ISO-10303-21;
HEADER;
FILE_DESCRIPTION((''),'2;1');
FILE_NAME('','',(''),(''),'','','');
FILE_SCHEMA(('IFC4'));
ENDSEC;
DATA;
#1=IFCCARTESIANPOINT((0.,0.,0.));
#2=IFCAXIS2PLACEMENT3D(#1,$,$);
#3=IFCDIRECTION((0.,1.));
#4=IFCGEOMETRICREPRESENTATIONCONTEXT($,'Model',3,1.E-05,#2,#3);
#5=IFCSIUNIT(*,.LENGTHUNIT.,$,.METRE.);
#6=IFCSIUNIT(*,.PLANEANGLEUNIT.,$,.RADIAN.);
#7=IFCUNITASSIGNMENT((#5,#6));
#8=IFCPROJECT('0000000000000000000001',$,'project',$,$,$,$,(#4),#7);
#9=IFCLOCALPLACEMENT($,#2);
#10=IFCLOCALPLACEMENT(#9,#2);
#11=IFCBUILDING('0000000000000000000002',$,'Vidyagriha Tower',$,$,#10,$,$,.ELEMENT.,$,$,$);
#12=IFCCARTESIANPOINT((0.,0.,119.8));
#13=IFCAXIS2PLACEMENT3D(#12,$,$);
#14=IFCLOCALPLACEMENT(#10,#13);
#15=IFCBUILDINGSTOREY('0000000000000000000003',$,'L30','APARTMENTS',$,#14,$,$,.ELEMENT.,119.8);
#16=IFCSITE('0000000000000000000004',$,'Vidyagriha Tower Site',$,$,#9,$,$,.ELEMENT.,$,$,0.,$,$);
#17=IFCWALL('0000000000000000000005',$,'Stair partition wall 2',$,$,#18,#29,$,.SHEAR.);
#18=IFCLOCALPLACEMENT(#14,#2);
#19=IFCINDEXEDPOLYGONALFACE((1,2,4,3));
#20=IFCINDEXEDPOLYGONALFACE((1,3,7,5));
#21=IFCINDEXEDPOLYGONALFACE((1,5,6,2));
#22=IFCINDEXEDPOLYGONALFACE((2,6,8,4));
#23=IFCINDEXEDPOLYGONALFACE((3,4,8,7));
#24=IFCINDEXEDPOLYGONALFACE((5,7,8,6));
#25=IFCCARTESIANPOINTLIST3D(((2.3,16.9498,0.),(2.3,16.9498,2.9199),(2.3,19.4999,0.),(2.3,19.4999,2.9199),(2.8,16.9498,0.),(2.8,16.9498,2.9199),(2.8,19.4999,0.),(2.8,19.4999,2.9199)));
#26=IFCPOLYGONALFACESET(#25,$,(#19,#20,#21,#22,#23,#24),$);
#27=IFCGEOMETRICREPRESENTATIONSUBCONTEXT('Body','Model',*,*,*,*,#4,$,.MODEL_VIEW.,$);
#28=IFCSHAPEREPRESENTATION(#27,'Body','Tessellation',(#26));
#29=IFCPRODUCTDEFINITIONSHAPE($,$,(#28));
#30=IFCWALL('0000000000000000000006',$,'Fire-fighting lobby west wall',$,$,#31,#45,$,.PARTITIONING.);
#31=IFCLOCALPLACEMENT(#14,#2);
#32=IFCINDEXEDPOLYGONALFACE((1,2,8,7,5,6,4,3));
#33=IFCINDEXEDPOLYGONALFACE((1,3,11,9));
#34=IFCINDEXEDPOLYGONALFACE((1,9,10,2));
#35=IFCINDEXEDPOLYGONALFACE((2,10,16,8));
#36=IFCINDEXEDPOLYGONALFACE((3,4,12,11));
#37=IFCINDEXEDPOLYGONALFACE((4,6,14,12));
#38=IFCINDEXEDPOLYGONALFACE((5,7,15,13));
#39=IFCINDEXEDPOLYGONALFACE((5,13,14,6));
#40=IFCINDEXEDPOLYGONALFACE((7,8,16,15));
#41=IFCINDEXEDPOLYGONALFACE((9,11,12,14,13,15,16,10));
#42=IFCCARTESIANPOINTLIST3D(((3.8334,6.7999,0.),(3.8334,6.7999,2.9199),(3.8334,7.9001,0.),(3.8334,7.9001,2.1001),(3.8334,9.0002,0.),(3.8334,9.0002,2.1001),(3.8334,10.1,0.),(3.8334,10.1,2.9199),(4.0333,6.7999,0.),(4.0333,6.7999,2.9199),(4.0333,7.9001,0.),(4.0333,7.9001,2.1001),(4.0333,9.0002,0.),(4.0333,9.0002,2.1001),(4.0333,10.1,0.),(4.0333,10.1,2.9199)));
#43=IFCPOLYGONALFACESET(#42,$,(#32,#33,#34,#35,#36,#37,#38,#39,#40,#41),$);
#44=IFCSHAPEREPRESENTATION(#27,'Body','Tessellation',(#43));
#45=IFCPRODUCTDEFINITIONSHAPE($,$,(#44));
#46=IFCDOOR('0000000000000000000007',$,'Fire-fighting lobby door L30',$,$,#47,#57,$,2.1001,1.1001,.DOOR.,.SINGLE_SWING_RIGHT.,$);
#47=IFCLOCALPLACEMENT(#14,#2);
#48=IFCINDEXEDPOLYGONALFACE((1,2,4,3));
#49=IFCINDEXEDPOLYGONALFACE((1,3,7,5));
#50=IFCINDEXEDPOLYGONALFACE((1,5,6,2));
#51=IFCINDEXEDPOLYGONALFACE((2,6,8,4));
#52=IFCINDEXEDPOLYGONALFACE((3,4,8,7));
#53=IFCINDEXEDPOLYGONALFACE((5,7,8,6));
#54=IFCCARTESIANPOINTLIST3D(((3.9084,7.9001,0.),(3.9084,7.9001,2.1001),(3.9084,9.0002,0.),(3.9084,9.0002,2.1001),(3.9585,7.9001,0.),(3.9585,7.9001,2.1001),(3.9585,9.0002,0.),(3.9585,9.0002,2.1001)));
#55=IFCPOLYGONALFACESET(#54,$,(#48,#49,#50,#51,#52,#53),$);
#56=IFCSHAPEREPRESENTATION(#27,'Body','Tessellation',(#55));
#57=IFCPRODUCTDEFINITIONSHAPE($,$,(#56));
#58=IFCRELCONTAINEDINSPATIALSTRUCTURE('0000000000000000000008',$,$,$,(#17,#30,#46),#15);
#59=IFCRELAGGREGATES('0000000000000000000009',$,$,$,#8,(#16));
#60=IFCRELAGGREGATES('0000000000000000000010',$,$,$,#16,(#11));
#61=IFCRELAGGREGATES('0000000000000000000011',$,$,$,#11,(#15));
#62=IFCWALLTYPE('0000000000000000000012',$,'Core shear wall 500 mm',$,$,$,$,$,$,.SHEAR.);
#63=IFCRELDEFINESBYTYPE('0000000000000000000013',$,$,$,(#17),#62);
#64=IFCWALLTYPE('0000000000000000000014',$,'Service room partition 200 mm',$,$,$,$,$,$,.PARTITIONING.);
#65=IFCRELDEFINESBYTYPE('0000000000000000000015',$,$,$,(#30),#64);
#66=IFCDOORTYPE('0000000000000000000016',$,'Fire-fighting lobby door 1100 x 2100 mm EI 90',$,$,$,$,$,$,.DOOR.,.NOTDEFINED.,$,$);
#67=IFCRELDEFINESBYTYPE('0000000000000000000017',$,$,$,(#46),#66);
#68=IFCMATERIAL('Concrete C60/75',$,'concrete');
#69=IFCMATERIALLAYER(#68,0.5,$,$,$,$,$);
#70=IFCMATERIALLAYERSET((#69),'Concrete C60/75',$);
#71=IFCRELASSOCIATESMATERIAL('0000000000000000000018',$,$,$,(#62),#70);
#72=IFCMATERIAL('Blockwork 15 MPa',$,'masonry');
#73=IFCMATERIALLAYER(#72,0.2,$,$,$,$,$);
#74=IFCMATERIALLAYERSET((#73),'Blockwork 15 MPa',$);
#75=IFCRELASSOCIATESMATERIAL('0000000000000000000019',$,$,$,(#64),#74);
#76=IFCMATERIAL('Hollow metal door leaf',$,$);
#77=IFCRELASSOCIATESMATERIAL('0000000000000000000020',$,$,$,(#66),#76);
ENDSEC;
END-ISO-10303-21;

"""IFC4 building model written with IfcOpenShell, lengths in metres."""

from ifc_helpers import new_model, si_unit, direction, frame, frame_2d, origin, place, context, subcontext, project, spatial, rectangle, extrude, material, layer, layer_set, type_object, element, fill, save


model = new_model("IFC4")

# Units and contexts
model_context = context("Model", 3, precision=1e-05, world=origin(), true_north=direction((0.0, 1.0)))
body_context = subcontext(model_context, "Body", "Model", "MODEL_VIEW")
ifc_project = project(units=[si_unit("LENGTHUNIT", "METRE"), si_unit("PLANEANGLEUNIT", "RADIAN")], contexts=[model_context])

# Site, building, storey
site_placement = place(None, origin())
site = spatial("IfcSite", under=ifc_project, at=site_placement, Name="Vidyagriha Tower Site", CompositionType="ELEMENT", RefElevation=0.0)
building_placement = place(site_placement, origin())
building = spatial("IfcBuilding", under=site, at=building_placement, Name="Vidyagriha Tower", CompositionType="ELEMENT")
storey_placement = place(building_placement, frame((0.0, 0.0, 119.8)))
storey = spatial("IfcBuildingStorey", under=building, at=storey_placement, Name="L30", Description="APARTMENTS", CompositionType="ELEMENT", Elevation=119.8)

# Wall
ifc_material_1 = material(Name="Concrete C60/75", Category="concrete")
ifc_layer_1 = layer(ifc_material_1, 0.5)
ifc_layer_set_1 = layer_set([ifc_layer_1], Name="Concrete C60/75")
wall_type_1 = type_object("IfcWallType", Name="Core shear wall 500 mm", PredefinedType="SHEAR", material=ifc_layer_set_1)
wall_1_placement = place(storey_placement, frame((2.55, 16.95, 0.0), z_axis=(0.0, 0.0, 1.0), x_axis=(0.0, 1.0, 0.0)))
element("IfcWall", 1, at=wall_1_placement, inside=storey, type_object=wall_type_1, Name="Stair partition wall 2", PredefinedType="SHEAR", context=body_context, shape_type="SweptSolid", body=[
    extrude(rectangle(XDim=2.55, YDim=0.5, at=frame_2d((1.2749, 0.0))), origin(), (0.0, 0.0, 1.0), 2.9199),
])

# Wall, opening, door
ifc_material_2 = material(Name="Blockwork 15 MPa", Category="masonry")
ifc_layer_2 = layer(ifc_material_2, 0.2)
ifc_layer_set_2 = layer_set([ifc_layer_2], Name="Blockwork 15 MPa")
wall_type_2 = type_object("IfcWallType", Name="Service room partition 200 mm", PredefinedType="PARTITIONING", material=ifc_layer_set_2)
wall_2_placement = place(storey_placement, frame((3.9333, 6.8, 0.0), z_axis=(0.0, 0.0, 1.0), x_axis=(0.0, 1.0, 0.0)))
wall_2 = element("IfcWall", 2, at=wall_2_placement, inside=storey, type_object=wall_type_2, Name="Fire-fighting lobby west wall", PredefinedType="PARTITIONING", context=body_context, shape_type="SweptSolid", body=[
    extrude(rectangle(XDim=3.3, YDim=0.2, at=frame_2d((1.6499, 0.0))), origin(), (0.0, 0.0, 1.0), 2.9199),
])
opening_1_placement = place(wall_2_placement, frame((1.1001, 0.0, 0.0)))
opening_1 = element("IfcOpeningElement", 3, at=opening_1_placement, cuts=wall_2, PredefinedType="OPENING", context=body_context, shape_type="SweptSolid", body=[
    extrude(rectangle(XDim=1.1001, YDim=2.1001, at=frame_2d((0.55, 1.05))), frame((0.0, 0.1099, 0.0), z_axis=(0.0, -1.0, 0.0), x_axis=(1.0, 0.0, 0.0)), (0.0, 0.0, 1.0), 0.22),
])
ifc_material_3 = material(Name="Hollow metal door leaf")
door_type_1 = type_object("IfcDoorType", Name="Fire-fighting lobby door 1100 x 2100 mm EI 90", OperationType="NOTDEFINED", PredefinedType="DOOR", material=ifc_material_3)
door_1_placement = place(opening_1_placement, origin())
door_1 = element("IfcDoor", 4, at=door_1_placement, inside=storey, type_object=door_type_1, Name="Fire-fighting lobby door L30", OperationType="SINGLE_SWING_RIGHT", OverallHeight=2.1001, OverallWidth=1.1001, PredefinedType="DOOR", context=body_context, shape_type="SweptSolid", body=[
    extrude(rectangle(XDim=1.1001, YDim=2.1001, at=frame_2d((0.55, 1.05))), frame((0.0, 0.0249, 0.0), z_axis=(0.0, -1.0, 0.0), x_axis=(1.0, 0.0, 0.0)), (0.0, 0.0, 1.0), 0.05),
])
fill(opening_1, door_1)

save(model, "model.ifc")
